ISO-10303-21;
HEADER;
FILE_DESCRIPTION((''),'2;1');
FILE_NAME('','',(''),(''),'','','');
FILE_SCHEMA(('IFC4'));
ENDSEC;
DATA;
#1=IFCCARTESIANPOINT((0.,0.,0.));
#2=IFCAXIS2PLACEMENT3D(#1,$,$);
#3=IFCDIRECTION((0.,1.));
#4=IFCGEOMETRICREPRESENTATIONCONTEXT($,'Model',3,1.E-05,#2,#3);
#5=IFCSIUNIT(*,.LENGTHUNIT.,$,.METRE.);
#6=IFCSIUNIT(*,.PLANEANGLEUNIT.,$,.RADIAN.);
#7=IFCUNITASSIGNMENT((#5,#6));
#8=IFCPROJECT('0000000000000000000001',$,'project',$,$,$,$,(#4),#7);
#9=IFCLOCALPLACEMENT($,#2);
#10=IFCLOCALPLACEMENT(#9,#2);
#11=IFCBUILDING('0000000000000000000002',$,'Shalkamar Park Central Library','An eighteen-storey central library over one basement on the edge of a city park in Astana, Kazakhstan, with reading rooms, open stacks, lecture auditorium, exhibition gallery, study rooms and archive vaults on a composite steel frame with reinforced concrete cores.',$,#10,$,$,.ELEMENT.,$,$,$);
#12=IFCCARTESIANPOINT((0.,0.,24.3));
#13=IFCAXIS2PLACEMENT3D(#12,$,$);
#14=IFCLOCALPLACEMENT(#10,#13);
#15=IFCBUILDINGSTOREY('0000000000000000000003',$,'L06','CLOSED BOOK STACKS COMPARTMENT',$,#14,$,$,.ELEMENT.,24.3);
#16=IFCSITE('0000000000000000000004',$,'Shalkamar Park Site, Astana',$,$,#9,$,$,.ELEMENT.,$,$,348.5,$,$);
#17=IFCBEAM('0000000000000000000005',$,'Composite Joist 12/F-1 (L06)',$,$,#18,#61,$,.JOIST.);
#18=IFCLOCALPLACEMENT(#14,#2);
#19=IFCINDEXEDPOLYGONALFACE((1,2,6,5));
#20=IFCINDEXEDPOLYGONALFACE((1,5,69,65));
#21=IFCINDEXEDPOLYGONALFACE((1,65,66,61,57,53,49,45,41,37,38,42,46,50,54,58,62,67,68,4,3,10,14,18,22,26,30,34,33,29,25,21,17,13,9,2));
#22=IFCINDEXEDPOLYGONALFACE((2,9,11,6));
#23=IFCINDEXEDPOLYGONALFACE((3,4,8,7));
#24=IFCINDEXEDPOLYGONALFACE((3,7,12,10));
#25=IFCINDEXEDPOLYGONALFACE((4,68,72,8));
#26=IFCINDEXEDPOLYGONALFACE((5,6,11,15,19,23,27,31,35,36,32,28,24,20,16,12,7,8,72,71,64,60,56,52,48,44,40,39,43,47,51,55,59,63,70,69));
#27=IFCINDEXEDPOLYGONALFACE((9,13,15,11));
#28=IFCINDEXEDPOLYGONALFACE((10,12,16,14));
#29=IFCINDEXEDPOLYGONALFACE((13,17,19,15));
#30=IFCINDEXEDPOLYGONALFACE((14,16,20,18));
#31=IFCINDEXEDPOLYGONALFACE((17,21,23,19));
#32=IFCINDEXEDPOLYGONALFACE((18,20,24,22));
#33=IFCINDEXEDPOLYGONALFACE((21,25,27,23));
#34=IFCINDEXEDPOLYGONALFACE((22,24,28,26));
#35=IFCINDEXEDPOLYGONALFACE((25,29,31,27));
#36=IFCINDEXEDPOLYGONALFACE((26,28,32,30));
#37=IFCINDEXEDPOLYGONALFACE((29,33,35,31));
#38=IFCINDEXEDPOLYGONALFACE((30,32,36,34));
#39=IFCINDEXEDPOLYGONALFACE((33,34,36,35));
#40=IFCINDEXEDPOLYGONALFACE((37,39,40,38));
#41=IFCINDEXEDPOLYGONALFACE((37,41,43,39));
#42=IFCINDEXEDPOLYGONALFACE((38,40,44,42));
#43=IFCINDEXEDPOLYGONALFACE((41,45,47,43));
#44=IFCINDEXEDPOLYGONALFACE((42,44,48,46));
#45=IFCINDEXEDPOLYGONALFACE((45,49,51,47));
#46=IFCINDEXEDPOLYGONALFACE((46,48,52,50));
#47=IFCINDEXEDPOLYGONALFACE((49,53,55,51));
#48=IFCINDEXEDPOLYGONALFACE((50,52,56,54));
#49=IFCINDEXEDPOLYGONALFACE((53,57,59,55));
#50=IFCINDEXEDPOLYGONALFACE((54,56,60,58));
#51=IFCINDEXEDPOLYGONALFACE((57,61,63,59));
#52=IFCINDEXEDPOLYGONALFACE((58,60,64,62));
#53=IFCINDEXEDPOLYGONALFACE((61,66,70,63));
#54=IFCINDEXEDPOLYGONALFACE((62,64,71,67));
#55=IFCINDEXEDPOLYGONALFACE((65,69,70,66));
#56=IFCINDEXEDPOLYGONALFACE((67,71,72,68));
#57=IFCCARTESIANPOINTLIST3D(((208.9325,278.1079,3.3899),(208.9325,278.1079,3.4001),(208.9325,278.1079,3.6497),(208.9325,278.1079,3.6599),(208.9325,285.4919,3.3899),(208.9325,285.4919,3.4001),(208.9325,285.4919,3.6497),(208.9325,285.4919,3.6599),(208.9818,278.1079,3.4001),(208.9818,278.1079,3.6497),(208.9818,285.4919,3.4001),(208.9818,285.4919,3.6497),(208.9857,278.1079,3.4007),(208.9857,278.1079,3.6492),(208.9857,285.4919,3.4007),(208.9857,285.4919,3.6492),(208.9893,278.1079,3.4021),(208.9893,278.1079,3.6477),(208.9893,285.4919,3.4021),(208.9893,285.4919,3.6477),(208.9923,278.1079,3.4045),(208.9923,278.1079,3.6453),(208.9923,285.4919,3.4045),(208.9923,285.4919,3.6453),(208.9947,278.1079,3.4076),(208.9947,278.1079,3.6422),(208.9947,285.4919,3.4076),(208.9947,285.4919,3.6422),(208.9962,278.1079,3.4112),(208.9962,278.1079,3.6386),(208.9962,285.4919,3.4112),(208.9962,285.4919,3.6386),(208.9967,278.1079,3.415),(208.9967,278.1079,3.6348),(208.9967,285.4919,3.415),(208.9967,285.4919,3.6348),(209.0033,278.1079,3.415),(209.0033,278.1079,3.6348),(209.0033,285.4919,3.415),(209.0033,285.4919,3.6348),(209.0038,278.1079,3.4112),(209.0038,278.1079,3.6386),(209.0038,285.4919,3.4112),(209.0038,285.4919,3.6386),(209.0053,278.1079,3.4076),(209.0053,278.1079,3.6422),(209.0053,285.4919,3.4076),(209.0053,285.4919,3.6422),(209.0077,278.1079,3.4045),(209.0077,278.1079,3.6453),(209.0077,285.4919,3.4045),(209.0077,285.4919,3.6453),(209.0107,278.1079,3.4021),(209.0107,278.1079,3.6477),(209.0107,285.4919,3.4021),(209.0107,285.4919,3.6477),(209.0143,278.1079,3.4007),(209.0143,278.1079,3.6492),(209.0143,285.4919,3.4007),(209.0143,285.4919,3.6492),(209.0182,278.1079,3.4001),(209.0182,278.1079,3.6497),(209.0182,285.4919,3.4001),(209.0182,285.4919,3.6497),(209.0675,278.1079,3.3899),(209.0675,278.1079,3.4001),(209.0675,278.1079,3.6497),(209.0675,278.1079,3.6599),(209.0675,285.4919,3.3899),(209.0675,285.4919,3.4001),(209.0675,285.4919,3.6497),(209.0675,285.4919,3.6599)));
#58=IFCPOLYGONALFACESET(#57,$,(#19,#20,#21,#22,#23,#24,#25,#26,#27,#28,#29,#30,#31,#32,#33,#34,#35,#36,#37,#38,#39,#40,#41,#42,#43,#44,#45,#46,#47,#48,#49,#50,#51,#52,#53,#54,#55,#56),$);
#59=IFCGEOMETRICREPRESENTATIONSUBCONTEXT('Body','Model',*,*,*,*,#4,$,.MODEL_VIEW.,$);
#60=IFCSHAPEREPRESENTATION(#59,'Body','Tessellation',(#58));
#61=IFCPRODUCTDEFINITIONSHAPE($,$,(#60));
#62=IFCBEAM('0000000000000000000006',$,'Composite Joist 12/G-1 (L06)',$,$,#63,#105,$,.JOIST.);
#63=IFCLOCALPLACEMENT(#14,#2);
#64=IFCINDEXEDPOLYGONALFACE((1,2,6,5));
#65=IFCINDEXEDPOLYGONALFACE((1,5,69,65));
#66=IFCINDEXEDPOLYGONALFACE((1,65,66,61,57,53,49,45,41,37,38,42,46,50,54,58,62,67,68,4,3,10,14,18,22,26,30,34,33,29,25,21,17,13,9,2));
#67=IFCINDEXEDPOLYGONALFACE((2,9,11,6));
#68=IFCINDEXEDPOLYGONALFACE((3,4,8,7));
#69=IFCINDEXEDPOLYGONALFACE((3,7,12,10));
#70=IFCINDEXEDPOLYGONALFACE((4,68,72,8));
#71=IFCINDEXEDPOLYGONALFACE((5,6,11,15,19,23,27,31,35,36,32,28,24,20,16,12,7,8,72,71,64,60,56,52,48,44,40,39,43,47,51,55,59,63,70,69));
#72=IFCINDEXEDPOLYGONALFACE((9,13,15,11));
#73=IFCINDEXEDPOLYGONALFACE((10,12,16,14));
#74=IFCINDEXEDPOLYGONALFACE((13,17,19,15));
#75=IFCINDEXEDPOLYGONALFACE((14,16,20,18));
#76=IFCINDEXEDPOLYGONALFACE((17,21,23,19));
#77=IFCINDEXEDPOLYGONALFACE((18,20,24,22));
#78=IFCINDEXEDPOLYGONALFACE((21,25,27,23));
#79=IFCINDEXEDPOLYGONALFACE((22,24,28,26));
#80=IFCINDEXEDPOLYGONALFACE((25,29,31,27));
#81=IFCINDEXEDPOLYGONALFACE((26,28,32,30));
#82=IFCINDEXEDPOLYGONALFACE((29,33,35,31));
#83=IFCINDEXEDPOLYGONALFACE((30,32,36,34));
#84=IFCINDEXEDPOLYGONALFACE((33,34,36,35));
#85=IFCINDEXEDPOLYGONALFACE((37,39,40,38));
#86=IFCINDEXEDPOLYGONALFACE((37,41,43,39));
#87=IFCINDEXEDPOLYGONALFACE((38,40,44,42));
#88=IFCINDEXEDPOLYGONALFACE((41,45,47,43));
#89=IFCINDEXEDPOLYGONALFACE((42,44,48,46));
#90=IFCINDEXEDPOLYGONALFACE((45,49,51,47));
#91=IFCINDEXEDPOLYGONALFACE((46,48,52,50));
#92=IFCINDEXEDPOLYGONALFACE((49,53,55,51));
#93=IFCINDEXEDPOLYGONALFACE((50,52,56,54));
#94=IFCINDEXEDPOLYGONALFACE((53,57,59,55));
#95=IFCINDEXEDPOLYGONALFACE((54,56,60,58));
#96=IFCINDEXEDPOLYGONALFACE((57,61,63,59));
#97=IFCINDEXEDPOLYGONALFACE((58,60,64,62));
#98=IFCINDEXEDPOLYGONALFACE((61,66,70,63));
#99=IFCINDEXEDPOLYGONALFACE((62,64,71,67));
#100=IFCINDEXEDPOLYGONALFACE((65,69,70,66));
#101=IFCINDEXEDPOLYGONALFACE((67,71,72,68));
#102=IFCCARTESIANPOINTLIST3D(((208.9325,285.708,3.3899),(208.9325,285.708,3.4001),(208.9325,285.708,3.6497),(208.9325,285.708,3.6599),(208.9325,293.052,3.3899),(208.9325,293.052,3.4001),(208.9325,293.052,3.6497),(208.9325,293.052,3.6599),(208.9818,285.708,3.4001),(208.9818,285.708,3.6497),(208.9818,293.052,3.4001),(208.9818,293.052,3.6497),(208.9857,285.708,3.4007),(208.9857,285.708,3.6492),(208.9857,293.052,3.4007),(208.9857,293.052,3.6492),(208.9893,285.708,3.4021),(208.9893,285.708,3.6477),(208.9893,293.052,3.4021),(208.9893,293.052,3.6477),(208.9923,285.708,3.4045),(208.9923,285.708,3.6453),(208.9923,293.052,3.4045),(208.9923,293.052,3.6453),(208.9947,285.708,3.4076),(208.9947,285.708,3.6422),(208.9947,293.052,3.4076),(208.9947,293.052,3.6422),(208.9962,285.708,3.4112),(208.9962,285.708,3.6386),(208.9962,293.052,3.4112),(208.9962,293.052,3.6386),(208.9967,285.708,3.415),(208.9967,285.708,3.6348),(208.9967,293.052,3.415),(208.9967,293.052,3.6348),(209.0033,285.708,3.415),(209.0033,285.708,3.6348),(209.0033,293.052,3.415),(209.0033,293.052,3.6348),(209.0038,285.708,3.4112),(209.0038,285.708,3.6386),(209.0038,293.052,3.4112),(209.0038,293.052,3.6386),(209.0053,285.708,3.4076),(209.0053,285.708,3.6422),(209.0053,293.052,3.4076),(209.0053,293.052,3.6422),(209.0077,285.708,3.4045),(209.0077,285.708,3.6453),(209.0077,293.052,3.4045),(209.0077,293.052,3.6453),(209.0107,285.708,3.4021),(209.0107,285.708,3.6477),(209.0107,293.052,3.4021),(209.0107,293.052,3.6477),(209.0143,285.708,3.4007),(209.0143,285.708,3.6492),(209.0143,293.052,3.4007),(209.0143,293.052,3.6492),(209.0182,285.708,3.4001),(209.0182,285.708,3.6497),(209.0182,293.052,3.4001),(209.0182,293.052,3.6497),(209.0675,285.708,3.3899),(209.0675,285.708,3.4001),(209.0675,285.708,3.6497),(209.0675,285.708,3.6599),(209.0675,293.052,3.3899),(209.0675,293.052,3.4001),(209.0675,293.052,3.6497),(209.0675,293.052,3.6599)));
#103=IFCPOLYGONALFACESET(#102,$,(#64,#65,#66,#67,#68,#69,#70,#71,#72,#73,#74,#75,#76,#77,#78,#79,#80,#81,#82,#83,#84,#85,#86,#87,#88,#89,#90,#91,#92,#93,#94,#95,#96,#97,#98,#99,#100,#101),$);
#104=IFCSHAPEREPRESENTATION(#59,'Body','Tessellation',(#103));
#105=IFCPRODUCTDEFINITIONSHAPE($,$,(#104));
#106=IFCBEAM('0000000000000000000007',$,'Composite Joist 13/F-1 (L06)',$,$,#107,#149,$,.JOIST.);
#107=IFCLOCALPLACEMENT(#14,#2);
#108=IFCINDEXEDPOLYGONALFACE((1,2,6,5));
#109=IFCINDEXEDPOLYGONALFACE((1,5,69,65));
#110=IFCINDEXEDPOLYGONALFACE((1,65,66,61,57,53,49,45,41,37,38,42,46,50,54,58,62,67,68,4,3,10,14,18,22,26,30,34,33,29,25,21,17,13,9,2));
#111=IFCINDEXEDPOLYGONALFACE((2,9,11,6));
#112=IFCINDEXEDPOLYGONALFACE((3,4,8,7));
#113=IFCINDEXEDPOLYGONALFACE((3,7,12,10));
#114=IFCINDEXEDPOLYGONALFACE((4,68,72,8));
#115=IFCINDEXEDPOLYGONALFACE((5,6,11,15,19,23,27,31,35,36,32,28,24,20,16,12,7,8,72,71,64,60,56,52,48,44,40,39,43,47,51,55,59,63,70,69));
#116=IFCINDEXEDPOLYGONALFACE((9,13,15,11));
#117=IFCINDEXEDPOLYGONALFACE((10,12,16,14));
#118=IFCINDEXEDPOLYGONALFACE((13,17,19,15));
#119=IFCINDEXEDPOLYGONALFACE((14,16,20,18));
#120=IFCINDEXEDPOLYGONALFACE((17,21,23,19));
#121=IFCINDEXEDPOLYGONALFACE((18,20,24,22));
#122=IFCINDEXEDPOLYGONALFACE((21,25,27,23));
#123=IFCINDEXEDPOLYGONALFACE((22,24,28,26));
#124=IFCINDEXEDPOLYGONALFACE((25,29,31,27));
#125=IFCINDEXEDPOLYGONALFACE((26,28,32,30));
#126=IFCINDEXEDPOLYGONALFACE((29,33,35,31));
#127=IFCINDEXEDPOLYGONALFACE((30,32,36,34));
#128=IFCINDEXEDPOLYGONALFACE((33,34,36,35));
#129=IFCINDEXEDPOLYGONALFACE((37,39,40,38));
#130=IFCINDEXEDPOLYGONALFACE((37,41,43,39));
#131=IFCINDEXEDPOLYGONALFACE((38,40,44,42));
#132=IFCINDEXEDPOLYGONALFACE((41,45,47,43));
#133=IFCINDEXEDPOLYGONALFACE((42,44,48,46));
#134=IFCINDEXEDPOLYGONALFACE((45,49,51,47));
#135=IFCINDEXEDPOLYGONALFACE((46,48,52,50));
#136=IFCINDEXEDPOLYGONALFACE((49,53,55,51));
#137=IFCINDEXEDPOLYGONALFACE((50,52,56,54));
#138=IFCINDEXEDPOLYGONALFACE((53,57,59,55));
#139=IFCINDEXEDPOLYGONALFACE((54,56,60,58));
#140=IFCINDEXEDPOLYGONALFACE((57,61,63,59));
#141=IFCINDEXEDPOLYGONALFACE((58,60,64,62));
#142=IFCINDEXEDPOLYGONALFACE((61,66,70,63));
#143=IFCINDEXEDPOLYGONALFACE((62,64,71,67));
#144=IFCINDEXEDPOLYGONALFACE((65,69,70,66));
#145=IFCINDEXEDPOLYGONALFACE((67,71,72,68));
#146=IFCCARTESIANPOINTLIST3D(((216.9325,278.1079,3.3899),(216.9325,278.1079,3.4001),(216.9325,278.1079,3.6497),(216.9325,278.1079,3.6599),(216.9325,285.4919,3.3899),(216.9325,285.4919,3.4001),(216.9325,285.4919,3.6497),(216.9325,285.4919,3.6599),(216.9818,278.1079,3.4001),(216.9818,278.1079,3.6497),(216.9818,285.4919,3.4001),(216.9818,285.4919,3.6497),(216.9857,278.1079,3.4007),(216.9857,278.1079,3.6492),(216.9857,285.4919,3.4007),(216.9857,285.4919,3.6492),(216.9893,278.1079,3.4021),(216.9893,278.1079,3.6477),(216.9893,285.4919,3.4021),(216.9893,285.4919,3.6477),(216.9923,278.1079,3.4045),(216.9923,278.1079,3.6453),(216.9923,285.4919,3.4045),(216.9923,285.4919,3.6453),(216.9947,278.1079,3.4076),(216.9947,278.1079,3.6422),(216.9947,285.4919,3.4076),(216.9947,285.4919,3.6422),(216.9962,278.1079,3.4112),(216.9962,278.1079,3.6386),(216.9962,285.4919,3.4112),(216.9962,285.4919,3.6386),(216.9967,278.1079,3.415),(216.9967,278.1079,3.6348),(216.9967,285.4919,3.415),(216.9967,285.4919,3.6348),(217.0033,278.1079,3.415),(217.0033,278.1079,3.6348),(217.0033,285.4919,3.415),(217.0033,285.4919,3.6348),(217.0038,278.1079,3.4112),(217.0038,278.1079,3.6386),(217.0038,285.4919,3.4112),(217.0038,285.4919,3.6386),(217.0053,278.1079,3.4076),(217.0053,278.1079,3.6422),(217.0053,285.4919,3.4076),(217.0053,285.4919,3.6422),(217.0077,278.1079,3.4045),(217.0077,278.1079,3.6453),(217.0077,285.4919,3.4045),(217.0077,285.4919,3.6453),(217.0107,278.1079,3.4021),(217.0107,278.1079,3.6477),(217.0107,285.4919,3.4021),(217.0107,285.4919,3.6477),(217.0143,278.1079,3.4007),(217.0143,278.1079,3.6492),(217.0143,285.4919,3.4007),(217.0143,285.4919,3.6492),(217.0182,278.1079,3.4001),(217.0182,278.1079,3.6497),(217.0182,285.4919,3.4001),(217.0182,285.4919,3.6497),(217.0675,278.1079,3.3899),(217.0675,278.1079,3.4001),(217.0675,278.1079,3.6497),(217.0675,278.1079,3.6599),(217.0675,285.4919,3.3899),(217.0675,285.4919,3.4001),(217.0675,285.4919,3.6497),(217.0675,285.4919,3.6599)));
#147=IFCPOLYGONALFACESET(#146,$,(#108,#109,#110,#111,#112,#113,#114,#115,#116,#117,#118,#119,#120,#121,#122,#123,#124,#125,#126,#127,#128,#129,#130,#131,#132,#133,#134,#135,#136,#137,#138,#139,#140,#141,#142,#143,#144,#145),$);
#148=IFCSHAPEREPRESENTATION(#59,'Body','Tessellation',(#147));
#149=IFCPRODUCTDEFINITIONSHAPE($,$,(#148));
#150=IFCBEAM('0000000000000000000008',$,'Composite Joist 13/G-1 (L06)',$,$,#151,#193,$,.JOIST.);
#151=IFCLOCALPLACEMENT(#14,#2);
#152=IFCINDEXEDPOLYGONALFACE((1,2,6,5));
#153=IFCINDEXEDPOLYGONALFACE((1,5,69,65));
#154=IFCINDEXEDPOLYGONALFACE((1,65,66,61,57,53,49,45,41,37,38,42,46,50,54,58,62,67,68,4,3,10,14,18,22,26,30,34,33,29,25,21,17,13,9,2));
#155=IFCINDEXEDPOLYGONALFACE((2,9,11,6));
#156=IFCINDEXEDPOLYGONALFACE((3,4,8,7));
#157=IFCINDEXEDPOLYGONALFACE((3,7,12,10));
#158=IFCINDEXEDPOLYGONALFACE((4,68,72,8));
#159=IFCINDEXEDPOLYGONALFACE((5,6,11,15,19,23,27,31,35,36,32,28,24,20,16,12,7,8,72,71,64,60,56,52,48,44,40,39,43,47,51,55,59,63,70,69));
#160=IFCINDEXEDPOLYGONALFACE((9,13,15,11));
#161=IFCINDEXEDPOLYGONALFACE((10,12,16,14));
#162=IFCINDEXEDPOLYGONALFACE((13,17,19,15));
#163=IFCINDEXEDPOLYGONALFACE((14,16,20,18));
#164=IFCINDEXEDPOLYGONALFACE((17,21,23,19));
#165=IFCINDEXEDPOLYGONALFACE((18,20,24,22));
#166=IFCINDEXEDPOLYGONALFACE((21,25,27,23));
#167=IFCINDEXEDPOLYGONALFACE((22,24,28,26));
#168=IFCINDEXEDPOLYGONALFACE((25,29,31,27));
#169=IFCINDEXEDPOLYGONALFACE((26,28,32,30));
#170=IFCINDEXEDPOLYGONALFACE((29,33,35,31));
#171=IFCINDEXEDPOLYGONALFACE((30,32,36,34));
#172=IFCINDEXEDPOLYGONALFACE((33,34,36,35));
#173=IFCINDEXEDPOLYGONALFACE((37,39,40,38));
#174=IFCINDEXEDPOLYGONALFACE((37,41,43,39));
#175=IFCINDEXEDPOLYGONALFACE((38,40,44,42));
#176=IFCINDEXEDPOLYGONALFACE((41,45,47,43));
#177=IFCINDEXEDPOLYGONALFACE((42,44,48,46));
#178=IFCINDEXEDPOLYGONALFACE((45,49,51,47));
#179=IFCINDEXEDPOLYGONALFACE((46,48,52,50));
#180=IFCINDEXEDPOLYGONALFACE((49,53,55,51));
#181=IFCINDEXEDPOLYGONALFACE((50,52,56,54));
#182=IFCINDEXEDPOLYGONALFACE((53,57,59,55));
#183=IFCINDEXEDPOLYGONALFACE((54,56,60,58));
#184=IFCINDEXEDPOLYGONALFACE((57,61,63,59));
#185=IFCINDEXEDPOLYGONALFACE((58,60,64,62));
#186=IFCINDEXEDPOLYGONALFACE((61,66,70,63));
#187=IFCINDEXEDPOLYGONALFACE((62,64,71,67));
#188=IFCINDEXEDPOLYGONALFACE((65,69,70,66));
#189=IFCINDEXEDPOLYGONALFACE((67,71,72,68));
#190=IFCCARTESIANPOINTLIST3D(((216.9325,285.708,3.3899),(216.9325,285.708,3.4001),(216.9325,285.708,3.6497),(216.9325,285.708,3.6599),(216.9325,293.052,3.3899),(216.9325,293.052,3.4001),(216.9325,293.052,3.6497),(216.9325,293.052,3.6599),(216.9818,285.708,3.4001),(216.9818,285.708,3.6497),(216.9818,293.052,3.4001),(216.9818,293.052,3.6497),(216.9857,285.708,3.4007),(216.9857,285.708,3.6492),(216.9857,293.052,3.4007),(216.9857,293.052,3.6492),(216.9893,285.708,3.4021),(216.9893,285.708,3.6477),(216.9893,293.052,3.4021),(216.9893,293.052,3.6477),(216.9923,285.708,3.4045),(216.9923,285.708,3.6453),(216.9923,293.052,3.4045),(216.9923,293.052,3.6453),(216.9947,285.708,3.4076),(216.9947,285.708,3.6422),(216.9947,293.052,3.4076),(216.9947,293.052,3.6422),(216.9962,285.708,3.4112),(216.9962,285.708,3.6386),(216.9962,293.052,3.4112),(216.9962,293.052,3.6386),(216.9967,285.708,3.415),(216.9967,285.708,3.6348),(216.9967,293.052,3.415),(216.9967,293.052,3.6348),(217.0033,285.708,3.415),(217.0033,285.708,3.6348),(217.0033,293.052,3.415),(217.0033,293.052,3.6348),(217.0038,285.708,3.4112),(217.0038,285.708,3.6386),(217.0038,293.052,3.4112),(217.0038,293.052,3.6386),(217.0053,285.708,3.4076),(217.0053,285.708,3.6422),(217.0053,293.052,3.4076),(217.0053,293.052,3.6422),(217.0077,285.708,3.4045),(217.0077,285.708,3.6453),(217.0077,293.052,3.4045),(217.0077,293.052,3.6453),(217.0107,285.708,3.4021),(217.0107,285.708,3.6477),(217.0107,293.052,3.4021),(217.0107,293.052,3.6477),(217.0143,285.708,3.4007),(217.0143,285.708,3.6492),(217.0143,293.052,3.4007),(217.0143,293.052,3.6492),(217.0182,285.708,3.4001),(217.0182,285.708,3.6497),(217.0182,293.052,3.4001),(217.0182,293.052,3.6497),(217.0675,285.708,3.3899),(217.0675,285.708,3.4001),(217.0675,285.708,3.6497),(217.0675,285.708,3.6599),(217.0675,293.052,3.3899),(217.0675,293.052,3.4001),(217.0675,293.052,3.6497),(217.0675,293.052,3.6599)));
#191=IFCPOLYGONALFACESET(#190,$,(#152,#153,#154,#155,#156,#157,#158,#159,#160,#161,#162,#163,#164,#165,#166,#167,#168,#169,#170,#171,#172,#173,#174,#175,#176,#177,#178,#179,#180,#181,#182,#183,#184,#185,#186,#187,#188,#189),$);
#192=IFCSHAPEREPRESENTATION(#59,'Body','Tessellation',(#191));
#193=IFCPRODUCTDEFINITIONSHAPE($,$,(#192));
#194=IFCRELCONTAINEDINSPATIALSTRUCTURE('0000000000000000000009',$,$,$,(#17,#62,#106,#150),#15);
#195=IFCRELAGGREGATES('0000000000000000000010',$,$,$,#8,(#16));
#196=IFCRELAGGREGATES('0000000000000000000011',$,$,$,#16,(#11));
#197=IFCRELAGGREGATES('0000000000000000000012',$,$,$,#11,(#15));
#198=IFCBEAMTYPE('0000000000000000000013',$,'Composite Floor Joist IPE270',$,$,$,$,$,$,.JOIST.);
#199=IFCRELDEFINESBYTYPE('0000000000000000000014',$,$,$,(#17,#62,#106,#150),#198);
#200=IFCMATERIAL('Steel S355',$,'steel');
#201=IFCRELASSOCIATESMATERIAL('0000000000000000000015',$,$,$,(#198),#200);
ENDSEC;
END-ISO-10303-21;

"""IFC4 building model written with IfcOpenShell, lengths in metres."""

from ifc_helpers import new_model, si_unit, direction, frame, origin, origin_2d, place, context, subcontext, project, spatial, i_section, extrude, material, material_profile, profile_set, type_object, element, save


model = new_model("IFC4")

# Units and contexts
model_context = context("Model", 3, precision=1e-05, world=origin(), true_north=direction((0.0, 1.0)))
body_context = subcontext(model_context, "Body", "Model", "MODEL_VIEW")
ifc_project = project(units=[si_unit("LENGTHUNIT", "METRE"), si_unit("PLANEANGLEUNIT", "RADIAN")], contexts=[model_context])

# Site, building, storey
site_placement = place(None, origin())
site = spatial("IfcSite", under=ifc_project, at=site_placement, Name="Shalkamar Park Site, Astana", CompositionType="ELEMENT", RefElevation=348.5)
building_placement = place(site_placement, origin())
building = spatial("IfcBuilding", under=site, at=building_placement, Name="Shalkamar Park Central Library", Description="An eighteen-storey central library over one basement on the edge of a city park in Astana, Kazakhstan, with reading rooms, open stacks, lecture auditorium, exhibition gallery, study rooms and archive vaults on a composite steel frame with reinforced concrete cores.", CompositionType="ELEMENT")
storey_placement = place(building_placement, frame((0.0, 0.0, 24.3)))
storey = spatial("IfcBuildingStorey", under=building, at=storey_placement, Name="L06", Description="CLOSED BOOK STACKS COMPARTMENT", CompositionType="ELEMENT", Elevation=24.3)

# Shared definitions
ifc_material_1 = material(Name="Steel S355", Category="steel")

# Beams
ifc_material_profile_1 = material_profile(ifc_material_1, i_section(OverallWidth=0.135, OverallDepth=0.27, WebThickness=0.0066, FlangeThickness=0.0103, FilletRadius=0.0149, at=origin_2d()), Name="IPE 270")
ifc_profile_set_1 = profile_set([ifc_material_profile_1], Name="Steel S355")
beam_type_1 = type_object("IfcBeamType", Name="Composite Floor Joist IPE270", PredefinedType="JOIST", material=ifc_profile_set_1)
beam_1_placement = place(storey_placement, frame((209.0, 278.1079, 3.5249), z_axis=(0.0, 1.0, 0.0), x_axis=(-1.0, 0.0, 0.0)))
element("IfcBeam", 1, at=beam_1_placement, inside=storey, type_object=beam_type_1, Name="Composite Joist 12/F-1 (L06)", PredefinedType="JOIST", context=body_context, shape_type="SweptSolid", body=[
    extrude(i_section(OverallWidth=0.135, OverallDepth=0.27, WebThickness=0.0066, FlangeThickness=0.0103, FilletRadius=0.0149, at=origin_2d()), origin(), (0.0, 0.0, 1.0), 7.384),
])
beam_2_placement = place(storey_placement, frame((209.0, 285.708, 3.5249), z_axis=(0.0, 1.0, 0.0), x_axis=(-1.0, 0.0, 0.0)))
element("IfcBeam", 2, at=beam_2_placement, inside=storey, type_object=beam_type_1, Name="Composite Joist 12/G-1 (L06)", PredefinedType="JOIST", context=body_context, shape_type="SweptSolid", body=[
    extrude(i_section(OverallWidth=0.135, OverallDepth=0.27, WebThickness=0.0066, FlangeThickness=0.0103, FilletRadius=0.0149, at=origin_2d()), origin(), (0.0, 0.0, 1.0), 7.344),
])
beam_3_placement = place(storey_placement, frame((217.0, 278.1079, 3.5249), z_axis=(0.0, 1.0, 0.0), x_axis=(-1.0, 0.0, 0.0)))
element("IfcBeam", 3, at=beam_3_placement, inside=storey, type_object=beam_type_1, Name="Composite Joist 13/F-1 (L06)", PredefinedType="JOIST", context=body_context, shape_type="SweptSolid", body=[
    extrude(i_section(OverallWidth=0.135, OverallDepth=0.27, WebThickness=0.0066, FlangeThickness=0.0103, FilletRadius=0.0149, at=origin_2d()), origin(), (0.0, 0.0, 1.0), 7.384),
])
beam_4_placement = place(storey_placement, frame((217.0, 285.708, 3.5249), z_axis=(0.0, 1.0, 0.0), x_axis=(-1.0, 0.0, 0.0)))
element("IfcBeam", 4, at=beam_4_placement, inside=storey, type_object=beam_type_1, Name="Composite Joist 13/G-1 (L06)", PredefinedType="JOIST", context=body_context, shape_type="SweptSolid", body=[
    extrude(i_section(OverallWidth=0.135, OverallDepth=0.27, WebThickness=0.0066, FlangeThickness=0.0103, FilletRadius=0.0149, at=origin_2d()), origin(), (0.0, 0.0, 1.0), 7.344),
])

save(model, "model.ifc")
